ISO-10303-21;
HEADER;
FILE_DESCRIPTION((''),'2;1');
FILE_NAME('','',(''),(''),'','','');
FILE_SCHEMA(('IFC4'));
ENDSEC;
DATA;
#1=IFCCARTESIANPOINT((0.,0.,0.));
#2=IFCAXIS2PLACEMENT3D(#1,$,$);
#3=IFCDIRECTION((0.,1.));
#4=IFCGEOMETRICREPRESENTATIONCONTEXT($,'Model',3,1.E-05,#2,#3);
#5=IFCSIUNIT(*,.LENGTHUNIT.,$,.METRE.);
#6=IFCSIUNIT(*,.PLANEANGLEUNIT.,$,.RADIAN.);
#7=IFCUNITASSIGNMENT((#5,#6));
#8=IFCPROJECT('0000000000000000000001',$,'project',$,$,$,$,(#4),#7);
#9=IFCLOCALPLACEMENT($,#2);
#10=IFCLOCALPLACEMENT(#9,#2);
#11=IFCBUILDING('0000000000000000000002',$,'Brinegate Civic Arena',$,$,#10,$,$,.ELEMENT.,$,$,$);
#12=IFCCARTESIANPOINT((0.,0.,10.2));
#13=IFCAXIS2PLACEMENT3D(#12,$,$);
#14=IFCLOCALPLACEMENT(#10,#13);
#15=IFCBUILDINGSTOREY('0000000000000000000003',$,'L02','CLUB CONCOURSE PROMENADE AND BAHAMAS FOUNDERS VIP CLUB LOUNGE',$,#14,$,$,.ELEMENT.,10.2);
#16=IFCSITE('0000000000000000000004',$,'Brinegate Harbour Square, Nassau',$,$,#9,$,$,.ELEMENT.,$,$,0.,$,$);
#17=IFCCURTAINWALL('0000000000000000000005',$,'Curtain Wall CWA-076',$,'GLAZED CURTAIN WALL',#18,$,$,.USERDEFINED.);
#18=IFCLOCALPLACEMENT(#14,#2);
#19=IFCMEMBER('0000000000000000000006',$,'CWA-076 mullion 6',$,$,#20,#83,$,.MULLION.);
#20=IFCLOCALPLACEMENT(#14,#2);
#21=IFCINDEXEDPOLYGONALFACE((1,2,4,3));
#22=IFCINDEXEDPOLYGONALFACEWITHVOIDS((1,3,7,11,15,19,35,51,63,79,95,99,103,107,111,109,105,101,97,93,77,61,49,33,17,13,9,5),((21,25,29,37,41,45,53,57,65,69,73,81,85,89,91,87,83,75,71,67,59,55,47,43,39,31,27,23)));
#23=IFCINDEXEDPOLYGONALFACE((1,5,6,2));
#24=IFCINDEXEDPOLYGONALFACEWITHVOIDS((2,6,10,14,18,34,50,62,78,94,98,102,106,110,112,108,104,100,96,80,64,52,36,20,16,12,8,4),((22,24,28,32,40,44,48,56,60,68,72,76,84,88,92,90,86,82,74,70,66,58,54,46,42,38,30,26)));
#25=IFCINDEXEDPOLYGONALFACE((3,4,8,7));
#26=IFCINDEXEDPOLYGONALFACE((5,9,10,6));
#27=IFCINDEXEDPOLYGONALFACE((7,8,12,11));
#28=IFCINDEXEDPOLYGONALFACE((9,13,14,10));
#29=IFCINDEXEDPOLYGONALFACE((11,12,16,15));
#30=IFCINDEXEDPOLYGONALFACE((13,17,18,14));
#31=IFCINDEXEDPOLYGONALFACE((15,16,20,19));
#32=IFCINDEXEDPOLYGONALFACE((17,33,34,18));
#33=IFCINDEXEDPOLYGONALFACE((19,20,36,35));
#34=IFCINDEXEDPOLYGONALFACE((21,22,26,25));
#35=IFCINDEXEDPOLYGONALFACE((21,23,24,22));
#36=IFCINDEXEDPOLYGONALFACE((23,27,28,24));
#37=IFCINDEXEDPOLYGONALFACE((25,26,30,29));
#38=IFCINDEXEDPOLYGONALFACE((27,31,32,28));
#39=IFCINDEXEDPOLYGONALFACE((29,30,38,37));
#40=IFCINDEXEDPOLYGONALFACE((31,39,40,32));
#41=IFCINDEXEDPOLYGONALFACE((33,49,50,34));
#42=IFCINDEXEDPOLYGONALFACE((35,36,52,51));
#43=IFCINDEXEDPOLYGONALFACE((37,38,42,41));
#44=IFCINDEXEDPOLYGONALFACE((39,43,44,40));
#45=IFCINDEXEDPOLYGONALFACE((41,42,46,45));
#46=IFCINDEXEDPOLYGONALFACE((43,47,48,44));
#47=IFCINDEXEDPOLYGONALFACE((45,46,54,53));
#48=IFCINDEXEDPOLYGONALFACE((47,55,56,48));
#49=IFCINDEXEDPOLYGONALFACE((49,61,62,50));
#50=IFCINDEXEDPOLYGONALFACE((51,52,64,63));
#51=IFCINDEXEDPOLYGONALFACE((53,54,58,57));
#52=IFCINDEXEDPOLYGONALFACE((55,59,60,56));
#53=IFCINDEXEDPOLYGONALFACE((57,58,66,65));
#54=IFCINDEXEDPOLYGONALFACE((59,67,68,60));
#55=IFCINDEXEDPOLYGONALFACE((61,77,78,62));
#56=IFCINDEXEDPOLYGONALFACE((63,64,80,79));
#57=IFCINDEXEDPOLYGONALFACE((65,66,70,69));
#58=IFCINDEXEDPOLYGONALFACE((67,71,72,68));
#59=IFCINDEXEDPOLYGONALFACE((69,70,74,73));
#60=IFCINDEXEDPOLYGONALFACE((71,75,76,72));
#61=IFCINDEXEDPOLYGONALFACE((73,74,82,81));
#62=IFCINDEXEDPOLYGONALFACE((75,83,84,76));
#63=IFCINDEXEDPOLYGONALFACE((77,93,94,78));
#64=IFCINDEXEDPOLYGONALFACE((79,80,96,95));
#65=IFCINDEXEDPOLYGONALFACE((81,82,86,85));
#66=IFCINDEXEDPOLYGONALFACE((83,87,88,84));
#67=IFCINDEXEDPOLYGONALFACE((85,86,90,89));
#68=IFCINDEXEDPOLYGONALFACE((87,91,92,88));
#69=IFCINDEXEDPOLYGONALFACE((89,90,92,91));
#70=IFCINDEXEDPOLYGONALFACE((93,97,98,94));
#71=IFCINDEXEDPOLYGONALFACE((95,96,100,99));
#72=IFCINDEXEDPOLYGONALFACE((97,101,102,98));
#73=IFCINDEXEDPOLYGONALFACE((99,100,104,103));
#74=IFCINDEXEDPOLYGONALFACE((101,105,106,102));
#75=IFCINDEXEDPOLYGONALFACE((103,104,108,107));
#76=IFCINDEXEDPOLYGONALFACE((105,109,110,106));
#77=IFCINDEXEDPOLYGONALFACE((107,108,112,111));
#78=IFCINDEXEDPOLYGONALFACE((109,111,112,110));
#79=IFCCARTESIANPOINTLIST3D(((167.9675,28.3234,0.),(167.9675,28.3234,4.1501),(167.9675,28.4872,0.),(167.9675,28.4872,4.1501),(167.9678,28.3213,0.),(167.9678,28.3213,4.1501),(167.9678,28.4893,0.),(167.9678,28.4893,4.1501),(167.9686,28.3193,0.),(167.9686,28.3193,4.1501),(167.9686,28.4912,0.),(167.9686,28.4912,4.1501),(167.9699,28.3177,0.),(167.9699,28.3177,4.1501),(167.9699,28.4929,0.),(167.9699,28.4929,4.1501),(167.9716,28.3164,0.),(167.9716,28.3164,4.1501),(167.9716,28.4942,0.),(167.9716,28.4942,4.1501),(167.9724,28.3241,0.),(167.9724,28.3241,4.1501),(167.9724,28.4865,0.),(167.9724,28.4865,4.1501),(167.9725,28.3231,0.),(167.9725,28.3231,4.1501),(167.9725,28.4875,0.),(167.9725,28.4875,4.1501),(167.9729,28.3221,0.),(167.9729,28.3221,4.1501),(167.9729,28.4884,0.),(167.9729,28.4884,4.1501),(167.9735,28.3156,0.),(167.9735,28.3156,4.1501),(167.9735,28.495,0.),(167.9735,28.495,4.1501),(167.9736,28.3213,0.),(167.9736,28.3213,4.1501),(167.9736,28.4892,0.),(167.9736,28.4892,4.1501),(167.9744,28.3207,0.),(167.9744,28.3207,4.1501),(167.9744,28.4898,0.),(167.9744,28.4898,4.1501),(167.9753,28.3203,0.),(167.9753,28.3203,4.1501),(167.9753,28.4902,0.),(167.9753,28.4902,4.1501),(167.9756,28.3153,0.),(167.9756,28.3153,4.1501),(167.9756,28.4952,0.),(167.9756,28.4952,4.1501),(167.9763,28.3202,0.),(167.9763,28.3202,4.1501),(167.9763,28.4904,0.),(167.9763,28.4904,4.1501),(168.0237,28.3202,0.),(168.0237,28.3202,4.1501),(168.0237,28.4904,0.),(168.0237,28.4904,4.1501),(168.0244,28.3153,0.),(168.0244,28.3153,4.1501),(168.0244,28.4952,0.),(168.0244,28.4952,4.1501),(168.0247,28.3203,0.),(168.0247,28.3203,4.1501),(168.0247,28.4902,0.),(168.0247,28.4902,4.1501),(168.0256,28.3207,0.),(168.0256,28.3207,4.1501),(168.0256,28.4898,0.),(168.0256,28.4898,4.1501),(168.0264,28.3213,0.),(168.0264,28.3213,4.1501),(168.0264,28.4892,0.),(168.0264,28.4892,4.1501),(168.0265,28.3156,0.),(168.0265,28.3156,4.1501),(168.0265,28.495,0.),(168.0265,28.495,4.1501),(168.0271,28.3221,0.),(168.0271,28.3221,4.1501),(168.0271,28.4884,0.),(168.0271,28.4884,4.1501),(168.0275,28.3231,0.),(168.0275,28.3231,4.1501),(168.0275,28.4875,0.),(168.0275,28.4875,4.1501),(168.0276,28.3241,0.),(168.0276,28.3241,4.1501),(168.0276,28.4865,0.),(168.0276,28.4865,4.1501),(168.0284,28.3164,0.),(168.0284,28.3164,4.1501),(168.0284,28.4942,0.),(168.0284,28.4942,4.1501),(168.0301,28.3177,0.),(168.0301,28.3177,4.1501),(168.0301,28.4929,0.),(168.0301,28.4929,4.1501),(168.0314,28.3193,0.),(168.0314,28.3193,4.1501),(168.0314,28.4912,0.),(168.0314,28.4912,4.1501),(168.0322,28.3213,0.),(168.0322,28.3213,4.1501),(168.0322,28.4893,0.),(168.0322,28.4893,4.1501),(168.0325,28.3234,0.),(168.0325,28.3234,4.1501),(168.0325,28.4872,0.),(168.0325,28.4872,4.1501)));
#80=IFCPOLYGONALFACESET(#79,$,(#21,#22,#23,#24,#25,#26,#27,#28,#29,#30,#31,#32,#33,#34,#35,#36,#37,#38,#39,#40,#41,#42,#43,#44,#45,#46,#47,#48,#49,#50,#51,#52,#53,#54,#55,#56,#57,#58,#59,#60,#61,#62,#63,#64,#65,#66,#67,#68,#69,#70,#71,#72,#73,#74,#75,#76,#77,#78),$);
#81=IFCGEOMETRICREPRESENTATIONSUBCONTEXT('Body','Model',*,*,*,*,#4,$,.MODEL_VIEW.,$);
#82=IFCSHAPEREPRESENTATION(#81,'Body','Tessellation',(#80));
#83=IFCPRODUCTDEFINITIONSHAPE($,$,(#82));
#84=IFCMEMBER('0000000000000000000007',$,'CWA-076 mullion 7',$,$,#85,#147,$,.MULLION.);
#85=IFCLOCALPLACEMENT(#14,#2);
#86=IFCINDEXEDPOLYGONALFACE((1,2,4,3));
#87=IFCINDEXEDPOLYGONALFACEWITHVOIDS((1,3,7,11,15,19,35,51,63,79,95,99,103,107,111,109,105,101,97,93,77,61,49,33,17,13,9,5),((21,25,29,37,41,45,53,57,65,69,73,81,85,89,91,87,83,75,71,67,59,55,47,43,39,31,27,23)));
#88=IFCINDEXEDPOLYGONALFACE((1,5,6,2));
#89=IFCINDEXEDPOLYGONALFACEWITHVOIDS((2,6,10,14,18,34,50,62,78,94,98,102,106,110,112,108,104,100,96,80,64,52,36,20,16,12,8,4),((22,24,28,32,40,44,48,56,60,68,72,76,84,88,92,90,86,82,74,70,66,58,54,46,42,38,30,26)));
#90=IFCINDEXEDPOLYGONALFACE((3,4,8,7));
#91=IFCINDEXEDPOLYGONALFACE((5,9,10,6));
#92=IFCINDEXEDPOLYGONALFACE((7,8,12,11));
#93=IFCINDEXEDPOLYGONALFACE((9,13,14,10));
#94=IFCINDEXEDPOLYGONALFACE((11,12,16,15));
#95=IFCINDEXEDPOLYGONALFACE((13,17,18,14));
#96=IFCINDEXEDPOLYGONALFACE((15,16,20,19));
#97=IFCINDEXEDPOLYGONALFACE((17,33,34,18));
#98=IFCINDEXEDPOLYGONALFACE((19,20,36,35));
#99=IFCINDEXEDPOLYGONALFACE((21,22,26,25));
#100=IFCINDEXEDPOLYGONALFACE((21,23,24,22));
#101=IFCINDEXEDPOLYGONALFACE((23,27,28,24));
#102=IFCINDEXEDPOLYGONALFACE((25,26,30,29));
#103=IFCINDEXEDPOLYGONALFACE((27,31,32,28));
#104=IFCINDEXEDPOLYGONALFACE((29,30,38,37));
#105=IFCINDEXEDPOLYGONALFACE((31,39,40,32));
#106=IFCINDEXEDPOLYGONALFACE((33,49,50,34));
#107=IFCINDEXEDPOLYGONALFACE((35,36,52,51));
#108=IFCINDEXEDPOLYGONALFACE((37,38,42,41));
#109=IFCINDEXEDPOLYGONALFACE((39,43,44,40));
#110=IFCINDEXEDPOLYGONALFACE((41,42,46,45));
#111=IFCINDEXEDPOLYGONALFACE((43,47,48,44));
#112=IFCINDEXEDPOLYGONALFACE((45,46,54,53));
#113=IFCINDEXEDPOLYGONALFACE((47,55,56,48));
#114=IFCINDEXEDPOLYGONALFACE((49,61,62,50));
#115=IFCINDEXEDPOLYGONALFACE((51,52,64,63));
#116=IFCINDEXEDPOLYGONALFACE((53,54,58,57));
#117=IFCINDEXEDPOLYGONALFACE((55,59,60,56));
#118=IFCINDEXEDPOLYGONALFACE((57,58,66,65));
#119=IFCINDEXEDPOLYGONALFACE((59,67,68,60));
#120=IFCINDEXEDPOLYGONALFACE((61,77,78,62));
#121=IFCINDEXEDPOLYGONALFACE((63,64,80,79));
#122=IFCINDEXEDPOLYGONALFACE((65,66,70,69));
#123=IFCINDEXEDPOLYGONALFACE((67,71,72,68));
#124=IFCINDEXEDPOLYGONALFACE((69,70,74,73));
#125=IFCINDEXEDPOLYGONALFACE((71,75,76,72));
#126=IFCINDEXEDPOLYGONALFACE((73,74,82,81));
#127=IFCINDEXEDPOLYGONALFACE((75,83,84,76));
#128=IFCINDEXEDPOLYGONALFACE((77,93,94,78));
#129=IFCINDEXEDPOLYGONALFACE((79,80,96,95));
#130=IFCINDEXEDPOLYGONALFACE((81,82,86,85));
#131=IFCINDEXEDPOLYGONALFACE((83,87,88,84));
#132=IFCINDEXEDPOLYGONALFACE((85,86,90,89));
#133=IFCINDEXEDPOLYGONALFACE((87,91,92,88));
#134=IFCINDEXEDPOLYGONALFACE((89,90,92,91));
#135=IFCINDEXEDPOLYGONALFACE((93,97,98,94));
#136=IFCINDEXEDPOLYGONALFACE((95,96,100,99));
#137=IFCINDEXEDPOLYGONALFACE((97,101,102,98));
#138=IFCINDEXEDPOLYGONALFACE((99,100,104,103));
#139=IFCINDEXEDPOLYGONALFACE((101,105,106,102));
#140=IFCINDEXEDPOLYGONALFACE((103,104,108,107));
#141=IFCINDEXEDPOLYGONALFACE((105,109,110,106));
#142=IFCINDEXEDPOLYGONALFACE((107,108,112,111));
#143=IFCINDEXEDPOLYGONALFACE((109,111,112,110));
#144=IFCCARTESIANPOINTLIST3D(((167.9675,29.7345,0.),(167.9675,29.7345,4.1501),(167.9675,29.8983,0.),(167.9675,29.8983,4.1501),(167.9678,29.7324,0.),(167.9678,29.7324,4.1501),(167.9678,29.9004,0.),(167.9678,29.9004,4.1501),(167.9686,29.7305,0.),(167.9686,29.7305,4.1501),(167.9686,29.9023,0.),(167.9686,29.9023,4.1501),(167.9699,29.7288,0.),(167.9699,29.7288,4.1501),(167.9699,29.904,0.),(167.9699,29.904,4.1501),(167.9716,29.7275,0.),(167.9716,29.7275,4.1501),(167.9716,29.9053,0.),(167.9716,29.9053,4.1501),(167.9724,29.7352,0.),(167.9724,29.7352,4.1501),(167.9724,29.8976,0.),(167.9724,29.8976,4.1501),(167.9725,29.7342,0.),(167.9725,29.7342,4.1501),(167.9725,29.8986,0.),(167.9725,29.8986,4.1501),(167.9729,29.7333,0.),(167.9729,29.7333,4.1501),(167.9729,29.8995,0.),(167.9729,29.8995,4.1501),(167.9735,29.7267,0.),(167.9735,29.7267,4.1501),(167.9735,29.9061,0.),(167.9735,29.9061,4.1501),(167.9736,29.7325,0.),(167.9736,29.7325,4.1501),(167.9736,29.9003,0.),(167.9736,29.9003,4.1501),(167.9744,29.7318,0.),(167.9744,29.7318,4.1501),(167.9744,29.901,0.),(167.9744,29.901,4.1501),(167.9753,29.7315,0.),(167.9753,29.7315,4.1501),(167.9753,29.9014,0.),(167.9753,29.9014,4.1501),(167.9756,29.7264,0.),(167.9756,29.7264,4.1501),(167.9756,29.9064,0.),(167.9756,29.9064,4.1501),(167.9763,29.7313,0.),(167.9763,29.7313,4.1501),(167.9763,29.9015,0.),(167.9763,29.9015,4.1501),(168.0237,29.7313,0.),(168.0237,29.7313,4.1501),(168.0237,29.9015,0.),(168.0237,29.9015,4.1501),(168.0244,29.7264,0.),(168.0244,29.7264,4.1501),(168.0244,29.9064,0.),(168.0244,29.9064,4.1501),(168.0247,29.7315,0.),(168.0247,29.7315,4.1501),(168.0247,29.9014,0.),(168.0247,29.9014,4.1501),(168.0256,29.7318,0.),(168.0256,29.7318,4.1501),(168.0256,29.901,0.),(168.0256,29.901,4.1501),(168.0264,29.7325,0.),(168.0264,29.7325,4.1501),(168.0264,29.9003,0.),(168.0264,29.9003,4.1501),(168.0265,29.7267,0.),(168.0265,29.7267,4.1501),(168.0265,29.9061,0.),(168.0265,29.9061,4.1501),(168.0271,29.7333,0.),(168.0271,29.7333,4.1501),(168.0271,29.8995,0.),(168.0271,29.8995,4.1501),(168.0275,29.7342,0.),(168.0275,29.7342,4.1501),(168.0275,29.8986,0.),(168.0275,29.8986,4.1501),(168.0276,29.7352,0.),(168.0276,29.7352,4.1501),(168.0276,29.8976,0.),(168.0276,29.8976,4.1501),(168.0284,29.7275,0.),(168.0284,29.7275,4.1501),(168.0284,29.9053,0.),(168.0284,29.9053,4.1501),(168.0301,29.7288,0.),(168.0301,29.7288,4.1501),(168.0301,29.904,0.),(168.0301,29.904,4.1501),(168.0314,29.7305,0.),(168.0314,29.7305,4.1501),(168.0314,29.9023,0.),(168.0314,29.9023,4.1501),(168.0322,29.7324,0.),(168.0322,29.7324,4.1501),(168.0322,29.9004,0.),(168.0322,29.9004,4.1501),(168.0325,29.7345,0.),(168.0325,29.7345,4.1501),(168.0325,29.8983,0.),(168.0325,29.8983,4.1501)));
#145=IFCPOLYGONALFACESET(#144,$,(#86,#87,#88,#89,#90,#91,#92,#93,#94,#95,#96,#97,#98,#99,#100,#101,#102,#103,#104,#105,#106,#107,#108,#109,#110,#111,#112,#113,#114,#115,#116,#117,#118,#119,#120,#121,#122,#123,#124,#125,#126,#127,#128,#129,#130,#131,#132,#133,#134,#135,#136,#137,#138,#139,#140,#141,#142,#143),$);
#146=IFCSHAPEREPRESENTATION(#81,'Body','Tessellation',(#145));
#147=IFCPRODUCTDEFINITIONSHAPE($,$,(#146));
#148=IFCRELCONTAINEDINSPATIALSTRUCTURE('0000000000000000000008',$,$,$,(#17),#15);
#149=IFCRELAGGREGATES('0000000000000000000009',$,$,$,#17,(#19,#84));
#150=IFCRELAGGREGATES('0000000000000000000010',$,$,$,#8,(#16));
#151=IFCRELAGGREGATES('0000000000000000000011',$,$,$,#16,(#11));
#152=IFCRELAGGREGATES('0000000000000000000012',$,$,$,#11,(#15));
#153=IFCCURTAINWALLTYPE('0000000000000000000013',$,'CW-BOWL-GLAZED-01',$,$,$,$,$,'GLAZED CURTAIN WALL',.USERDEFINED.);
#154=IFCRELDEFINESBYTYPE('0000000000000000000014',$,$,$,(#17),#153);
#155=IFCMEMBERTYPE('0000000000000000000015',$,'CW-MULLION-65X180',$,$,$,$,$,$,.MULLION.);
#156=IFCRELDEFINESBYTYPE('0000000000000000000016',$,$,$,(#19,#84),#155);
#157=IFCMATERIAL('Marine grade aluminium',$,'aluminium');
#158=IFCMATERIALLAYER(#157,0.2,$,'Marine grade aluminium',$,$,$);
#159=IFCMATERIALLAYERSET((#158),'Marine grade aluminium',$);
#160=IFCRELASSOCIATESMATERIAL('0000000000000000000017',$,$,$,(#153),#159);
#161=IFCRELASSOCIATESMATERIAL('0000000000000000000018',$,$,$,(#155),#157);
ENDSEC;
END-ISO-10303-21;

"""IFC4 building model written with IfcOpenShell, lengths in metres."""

from ifc_helpers import new_model, si_unit, direction, frame, origin, origin_2d, place, context, subcontext, project, spatial, hollow_rectangle, extrude, material, layer, layer_set, material_profile, profile_set, type_object, element, aggregate, save


model = new_model("IFC4")

# Units and contexts
model_context = context("Model", 3, precision=1e-05, world=origin(), true_north=direction((0.0, 1.0)))
body_context = subcontext(model_context, "Body", "Model", "MODEL_VIEW")
ifc_project = project(units=[si_unit("LENGTHUNIT", "METRE"), si_unit("PLANEANGLEUNIT", "RADIAN")], contexts=[model_context])

# Site, building, storey
site_placement = place(None, origin())
site = spatial("IfcSite", under=ifc_project, at=site_placement, Name="Brinegate Harbour Square, Nassau", CompositionType="ELEMENT", RefElevation=0.0)
building_placement = place(site_placement, origin())
building = spatial("IfcBuilding", under=site, at=building_placement, Name="Brinegate Civic Arena", CompositionType="ELEMENT")
storey_placement = place(building_placement, frame((0.0, 0.0, 10.2)))
storey = spatial("IfcBuildingStorey", under=building, at=storey_placement, Name="L02", Description="CLUB CONCOURSE PROMENADE AND BAHAMAS FOUNDERS VIP CLUB LOUNGE", CompositionType="ELEMENT", Elevation=10.2)

# Curtain wall, members
ifc_material_1 = material(Name="Marine grade aluminium", Category="aluminium")
ifc_layer_1 = layer(ifc_material_1, 0.2, Name="Marine grade aluminium")
ifc_layer_set_1 = layer_set([ifc_layer_1], Name="Marine grade aluminium")
curtain_wall_type = type_object("IfcCurtainWallType", Name="CW-BOWL-GLAZED-01", ElementType="GLAZED CURTAIN WALL", PredefinedType="USERDEFINED", material=ifc_layer_set_1)
curtain_wall_placement = place(storey_placement, origin())
curtain_wall = element("IfcCurtainWall", 1, at=curtain_wall_placement, inside=storey, type_object=curtain_wall_type, Name="Curtain Wall CWA-076", ObjectType="GLAZED CURTAIN WALL", PredefinedType="USERDEFINED")
ifc_material_profile_1 = material_profile(ifc_material_1, hollow_rectangle(XDim=0.0649, YDim=0.1799, WallThickness=0.0049, InnerFilletRadius=0.0039, OuterFilletRadius=0.0081, at=origin_2d()), Name="MUL65X180")
ifc_profile_set_1 = profile_set([ifc_material_profile_1], Name="Marine grade aluminium")
member_type_1 = type_object("IfcMemberType", Name="CW-MULLION-65X180", PredefinedType="MULLION", material=ifc_profile_set_1)
member_1_placement = place(storey_placement, frame((168.0, 28.4053, 0.0), z_axis=(0.0, 0.0, 1.0), x_axis=(-1.0, 0.0, 0.0)))
member_1 = element("IfcMember", 2, at=member_1_placement, type_object=member_type_1, Name="CWA-076 mullion 6", PredefinedType="MULLION", context=body_context, shape_type="SweptSolid", body=[
    extrude(hollow_rectangle(XDim=0.0649, YDim=0.1799, WallThickness=0.0049, InnerFilletRadius=0.0039, OuterFilletRadius=0.0081, at=origin_2d()), origin(), (0.0, 0.0, 1.0), 4.1501),
])
member_2_placement = place(storey_placement, frame((168.0, 29.8164, 0.0), z_axis=(0.0, 0.0, 1.0), x_axis=(-1.0, 0.0, 0.0)))
member_2 = element("IfcMember", 3, at=member_2_placement, type_object=member_type_1, Name="CWA-076 mullion 7", PredefinedType="MULLION", context=body_context, shape_type="SweptSolid", body=[
    extrude(hollow_rectangle(XDim=0.0649, YDim=0.1799, WallThickness=0.0049, InnerFilletRadius=0.0039, OuterFilletRadius=0.0081, at=origin_2d()), origin(), (0.0, 0.0, 1.0), 4.1501),
])

aggregate(curtain_wall, [member_1, member_2])

save(model, "model.ifc")
